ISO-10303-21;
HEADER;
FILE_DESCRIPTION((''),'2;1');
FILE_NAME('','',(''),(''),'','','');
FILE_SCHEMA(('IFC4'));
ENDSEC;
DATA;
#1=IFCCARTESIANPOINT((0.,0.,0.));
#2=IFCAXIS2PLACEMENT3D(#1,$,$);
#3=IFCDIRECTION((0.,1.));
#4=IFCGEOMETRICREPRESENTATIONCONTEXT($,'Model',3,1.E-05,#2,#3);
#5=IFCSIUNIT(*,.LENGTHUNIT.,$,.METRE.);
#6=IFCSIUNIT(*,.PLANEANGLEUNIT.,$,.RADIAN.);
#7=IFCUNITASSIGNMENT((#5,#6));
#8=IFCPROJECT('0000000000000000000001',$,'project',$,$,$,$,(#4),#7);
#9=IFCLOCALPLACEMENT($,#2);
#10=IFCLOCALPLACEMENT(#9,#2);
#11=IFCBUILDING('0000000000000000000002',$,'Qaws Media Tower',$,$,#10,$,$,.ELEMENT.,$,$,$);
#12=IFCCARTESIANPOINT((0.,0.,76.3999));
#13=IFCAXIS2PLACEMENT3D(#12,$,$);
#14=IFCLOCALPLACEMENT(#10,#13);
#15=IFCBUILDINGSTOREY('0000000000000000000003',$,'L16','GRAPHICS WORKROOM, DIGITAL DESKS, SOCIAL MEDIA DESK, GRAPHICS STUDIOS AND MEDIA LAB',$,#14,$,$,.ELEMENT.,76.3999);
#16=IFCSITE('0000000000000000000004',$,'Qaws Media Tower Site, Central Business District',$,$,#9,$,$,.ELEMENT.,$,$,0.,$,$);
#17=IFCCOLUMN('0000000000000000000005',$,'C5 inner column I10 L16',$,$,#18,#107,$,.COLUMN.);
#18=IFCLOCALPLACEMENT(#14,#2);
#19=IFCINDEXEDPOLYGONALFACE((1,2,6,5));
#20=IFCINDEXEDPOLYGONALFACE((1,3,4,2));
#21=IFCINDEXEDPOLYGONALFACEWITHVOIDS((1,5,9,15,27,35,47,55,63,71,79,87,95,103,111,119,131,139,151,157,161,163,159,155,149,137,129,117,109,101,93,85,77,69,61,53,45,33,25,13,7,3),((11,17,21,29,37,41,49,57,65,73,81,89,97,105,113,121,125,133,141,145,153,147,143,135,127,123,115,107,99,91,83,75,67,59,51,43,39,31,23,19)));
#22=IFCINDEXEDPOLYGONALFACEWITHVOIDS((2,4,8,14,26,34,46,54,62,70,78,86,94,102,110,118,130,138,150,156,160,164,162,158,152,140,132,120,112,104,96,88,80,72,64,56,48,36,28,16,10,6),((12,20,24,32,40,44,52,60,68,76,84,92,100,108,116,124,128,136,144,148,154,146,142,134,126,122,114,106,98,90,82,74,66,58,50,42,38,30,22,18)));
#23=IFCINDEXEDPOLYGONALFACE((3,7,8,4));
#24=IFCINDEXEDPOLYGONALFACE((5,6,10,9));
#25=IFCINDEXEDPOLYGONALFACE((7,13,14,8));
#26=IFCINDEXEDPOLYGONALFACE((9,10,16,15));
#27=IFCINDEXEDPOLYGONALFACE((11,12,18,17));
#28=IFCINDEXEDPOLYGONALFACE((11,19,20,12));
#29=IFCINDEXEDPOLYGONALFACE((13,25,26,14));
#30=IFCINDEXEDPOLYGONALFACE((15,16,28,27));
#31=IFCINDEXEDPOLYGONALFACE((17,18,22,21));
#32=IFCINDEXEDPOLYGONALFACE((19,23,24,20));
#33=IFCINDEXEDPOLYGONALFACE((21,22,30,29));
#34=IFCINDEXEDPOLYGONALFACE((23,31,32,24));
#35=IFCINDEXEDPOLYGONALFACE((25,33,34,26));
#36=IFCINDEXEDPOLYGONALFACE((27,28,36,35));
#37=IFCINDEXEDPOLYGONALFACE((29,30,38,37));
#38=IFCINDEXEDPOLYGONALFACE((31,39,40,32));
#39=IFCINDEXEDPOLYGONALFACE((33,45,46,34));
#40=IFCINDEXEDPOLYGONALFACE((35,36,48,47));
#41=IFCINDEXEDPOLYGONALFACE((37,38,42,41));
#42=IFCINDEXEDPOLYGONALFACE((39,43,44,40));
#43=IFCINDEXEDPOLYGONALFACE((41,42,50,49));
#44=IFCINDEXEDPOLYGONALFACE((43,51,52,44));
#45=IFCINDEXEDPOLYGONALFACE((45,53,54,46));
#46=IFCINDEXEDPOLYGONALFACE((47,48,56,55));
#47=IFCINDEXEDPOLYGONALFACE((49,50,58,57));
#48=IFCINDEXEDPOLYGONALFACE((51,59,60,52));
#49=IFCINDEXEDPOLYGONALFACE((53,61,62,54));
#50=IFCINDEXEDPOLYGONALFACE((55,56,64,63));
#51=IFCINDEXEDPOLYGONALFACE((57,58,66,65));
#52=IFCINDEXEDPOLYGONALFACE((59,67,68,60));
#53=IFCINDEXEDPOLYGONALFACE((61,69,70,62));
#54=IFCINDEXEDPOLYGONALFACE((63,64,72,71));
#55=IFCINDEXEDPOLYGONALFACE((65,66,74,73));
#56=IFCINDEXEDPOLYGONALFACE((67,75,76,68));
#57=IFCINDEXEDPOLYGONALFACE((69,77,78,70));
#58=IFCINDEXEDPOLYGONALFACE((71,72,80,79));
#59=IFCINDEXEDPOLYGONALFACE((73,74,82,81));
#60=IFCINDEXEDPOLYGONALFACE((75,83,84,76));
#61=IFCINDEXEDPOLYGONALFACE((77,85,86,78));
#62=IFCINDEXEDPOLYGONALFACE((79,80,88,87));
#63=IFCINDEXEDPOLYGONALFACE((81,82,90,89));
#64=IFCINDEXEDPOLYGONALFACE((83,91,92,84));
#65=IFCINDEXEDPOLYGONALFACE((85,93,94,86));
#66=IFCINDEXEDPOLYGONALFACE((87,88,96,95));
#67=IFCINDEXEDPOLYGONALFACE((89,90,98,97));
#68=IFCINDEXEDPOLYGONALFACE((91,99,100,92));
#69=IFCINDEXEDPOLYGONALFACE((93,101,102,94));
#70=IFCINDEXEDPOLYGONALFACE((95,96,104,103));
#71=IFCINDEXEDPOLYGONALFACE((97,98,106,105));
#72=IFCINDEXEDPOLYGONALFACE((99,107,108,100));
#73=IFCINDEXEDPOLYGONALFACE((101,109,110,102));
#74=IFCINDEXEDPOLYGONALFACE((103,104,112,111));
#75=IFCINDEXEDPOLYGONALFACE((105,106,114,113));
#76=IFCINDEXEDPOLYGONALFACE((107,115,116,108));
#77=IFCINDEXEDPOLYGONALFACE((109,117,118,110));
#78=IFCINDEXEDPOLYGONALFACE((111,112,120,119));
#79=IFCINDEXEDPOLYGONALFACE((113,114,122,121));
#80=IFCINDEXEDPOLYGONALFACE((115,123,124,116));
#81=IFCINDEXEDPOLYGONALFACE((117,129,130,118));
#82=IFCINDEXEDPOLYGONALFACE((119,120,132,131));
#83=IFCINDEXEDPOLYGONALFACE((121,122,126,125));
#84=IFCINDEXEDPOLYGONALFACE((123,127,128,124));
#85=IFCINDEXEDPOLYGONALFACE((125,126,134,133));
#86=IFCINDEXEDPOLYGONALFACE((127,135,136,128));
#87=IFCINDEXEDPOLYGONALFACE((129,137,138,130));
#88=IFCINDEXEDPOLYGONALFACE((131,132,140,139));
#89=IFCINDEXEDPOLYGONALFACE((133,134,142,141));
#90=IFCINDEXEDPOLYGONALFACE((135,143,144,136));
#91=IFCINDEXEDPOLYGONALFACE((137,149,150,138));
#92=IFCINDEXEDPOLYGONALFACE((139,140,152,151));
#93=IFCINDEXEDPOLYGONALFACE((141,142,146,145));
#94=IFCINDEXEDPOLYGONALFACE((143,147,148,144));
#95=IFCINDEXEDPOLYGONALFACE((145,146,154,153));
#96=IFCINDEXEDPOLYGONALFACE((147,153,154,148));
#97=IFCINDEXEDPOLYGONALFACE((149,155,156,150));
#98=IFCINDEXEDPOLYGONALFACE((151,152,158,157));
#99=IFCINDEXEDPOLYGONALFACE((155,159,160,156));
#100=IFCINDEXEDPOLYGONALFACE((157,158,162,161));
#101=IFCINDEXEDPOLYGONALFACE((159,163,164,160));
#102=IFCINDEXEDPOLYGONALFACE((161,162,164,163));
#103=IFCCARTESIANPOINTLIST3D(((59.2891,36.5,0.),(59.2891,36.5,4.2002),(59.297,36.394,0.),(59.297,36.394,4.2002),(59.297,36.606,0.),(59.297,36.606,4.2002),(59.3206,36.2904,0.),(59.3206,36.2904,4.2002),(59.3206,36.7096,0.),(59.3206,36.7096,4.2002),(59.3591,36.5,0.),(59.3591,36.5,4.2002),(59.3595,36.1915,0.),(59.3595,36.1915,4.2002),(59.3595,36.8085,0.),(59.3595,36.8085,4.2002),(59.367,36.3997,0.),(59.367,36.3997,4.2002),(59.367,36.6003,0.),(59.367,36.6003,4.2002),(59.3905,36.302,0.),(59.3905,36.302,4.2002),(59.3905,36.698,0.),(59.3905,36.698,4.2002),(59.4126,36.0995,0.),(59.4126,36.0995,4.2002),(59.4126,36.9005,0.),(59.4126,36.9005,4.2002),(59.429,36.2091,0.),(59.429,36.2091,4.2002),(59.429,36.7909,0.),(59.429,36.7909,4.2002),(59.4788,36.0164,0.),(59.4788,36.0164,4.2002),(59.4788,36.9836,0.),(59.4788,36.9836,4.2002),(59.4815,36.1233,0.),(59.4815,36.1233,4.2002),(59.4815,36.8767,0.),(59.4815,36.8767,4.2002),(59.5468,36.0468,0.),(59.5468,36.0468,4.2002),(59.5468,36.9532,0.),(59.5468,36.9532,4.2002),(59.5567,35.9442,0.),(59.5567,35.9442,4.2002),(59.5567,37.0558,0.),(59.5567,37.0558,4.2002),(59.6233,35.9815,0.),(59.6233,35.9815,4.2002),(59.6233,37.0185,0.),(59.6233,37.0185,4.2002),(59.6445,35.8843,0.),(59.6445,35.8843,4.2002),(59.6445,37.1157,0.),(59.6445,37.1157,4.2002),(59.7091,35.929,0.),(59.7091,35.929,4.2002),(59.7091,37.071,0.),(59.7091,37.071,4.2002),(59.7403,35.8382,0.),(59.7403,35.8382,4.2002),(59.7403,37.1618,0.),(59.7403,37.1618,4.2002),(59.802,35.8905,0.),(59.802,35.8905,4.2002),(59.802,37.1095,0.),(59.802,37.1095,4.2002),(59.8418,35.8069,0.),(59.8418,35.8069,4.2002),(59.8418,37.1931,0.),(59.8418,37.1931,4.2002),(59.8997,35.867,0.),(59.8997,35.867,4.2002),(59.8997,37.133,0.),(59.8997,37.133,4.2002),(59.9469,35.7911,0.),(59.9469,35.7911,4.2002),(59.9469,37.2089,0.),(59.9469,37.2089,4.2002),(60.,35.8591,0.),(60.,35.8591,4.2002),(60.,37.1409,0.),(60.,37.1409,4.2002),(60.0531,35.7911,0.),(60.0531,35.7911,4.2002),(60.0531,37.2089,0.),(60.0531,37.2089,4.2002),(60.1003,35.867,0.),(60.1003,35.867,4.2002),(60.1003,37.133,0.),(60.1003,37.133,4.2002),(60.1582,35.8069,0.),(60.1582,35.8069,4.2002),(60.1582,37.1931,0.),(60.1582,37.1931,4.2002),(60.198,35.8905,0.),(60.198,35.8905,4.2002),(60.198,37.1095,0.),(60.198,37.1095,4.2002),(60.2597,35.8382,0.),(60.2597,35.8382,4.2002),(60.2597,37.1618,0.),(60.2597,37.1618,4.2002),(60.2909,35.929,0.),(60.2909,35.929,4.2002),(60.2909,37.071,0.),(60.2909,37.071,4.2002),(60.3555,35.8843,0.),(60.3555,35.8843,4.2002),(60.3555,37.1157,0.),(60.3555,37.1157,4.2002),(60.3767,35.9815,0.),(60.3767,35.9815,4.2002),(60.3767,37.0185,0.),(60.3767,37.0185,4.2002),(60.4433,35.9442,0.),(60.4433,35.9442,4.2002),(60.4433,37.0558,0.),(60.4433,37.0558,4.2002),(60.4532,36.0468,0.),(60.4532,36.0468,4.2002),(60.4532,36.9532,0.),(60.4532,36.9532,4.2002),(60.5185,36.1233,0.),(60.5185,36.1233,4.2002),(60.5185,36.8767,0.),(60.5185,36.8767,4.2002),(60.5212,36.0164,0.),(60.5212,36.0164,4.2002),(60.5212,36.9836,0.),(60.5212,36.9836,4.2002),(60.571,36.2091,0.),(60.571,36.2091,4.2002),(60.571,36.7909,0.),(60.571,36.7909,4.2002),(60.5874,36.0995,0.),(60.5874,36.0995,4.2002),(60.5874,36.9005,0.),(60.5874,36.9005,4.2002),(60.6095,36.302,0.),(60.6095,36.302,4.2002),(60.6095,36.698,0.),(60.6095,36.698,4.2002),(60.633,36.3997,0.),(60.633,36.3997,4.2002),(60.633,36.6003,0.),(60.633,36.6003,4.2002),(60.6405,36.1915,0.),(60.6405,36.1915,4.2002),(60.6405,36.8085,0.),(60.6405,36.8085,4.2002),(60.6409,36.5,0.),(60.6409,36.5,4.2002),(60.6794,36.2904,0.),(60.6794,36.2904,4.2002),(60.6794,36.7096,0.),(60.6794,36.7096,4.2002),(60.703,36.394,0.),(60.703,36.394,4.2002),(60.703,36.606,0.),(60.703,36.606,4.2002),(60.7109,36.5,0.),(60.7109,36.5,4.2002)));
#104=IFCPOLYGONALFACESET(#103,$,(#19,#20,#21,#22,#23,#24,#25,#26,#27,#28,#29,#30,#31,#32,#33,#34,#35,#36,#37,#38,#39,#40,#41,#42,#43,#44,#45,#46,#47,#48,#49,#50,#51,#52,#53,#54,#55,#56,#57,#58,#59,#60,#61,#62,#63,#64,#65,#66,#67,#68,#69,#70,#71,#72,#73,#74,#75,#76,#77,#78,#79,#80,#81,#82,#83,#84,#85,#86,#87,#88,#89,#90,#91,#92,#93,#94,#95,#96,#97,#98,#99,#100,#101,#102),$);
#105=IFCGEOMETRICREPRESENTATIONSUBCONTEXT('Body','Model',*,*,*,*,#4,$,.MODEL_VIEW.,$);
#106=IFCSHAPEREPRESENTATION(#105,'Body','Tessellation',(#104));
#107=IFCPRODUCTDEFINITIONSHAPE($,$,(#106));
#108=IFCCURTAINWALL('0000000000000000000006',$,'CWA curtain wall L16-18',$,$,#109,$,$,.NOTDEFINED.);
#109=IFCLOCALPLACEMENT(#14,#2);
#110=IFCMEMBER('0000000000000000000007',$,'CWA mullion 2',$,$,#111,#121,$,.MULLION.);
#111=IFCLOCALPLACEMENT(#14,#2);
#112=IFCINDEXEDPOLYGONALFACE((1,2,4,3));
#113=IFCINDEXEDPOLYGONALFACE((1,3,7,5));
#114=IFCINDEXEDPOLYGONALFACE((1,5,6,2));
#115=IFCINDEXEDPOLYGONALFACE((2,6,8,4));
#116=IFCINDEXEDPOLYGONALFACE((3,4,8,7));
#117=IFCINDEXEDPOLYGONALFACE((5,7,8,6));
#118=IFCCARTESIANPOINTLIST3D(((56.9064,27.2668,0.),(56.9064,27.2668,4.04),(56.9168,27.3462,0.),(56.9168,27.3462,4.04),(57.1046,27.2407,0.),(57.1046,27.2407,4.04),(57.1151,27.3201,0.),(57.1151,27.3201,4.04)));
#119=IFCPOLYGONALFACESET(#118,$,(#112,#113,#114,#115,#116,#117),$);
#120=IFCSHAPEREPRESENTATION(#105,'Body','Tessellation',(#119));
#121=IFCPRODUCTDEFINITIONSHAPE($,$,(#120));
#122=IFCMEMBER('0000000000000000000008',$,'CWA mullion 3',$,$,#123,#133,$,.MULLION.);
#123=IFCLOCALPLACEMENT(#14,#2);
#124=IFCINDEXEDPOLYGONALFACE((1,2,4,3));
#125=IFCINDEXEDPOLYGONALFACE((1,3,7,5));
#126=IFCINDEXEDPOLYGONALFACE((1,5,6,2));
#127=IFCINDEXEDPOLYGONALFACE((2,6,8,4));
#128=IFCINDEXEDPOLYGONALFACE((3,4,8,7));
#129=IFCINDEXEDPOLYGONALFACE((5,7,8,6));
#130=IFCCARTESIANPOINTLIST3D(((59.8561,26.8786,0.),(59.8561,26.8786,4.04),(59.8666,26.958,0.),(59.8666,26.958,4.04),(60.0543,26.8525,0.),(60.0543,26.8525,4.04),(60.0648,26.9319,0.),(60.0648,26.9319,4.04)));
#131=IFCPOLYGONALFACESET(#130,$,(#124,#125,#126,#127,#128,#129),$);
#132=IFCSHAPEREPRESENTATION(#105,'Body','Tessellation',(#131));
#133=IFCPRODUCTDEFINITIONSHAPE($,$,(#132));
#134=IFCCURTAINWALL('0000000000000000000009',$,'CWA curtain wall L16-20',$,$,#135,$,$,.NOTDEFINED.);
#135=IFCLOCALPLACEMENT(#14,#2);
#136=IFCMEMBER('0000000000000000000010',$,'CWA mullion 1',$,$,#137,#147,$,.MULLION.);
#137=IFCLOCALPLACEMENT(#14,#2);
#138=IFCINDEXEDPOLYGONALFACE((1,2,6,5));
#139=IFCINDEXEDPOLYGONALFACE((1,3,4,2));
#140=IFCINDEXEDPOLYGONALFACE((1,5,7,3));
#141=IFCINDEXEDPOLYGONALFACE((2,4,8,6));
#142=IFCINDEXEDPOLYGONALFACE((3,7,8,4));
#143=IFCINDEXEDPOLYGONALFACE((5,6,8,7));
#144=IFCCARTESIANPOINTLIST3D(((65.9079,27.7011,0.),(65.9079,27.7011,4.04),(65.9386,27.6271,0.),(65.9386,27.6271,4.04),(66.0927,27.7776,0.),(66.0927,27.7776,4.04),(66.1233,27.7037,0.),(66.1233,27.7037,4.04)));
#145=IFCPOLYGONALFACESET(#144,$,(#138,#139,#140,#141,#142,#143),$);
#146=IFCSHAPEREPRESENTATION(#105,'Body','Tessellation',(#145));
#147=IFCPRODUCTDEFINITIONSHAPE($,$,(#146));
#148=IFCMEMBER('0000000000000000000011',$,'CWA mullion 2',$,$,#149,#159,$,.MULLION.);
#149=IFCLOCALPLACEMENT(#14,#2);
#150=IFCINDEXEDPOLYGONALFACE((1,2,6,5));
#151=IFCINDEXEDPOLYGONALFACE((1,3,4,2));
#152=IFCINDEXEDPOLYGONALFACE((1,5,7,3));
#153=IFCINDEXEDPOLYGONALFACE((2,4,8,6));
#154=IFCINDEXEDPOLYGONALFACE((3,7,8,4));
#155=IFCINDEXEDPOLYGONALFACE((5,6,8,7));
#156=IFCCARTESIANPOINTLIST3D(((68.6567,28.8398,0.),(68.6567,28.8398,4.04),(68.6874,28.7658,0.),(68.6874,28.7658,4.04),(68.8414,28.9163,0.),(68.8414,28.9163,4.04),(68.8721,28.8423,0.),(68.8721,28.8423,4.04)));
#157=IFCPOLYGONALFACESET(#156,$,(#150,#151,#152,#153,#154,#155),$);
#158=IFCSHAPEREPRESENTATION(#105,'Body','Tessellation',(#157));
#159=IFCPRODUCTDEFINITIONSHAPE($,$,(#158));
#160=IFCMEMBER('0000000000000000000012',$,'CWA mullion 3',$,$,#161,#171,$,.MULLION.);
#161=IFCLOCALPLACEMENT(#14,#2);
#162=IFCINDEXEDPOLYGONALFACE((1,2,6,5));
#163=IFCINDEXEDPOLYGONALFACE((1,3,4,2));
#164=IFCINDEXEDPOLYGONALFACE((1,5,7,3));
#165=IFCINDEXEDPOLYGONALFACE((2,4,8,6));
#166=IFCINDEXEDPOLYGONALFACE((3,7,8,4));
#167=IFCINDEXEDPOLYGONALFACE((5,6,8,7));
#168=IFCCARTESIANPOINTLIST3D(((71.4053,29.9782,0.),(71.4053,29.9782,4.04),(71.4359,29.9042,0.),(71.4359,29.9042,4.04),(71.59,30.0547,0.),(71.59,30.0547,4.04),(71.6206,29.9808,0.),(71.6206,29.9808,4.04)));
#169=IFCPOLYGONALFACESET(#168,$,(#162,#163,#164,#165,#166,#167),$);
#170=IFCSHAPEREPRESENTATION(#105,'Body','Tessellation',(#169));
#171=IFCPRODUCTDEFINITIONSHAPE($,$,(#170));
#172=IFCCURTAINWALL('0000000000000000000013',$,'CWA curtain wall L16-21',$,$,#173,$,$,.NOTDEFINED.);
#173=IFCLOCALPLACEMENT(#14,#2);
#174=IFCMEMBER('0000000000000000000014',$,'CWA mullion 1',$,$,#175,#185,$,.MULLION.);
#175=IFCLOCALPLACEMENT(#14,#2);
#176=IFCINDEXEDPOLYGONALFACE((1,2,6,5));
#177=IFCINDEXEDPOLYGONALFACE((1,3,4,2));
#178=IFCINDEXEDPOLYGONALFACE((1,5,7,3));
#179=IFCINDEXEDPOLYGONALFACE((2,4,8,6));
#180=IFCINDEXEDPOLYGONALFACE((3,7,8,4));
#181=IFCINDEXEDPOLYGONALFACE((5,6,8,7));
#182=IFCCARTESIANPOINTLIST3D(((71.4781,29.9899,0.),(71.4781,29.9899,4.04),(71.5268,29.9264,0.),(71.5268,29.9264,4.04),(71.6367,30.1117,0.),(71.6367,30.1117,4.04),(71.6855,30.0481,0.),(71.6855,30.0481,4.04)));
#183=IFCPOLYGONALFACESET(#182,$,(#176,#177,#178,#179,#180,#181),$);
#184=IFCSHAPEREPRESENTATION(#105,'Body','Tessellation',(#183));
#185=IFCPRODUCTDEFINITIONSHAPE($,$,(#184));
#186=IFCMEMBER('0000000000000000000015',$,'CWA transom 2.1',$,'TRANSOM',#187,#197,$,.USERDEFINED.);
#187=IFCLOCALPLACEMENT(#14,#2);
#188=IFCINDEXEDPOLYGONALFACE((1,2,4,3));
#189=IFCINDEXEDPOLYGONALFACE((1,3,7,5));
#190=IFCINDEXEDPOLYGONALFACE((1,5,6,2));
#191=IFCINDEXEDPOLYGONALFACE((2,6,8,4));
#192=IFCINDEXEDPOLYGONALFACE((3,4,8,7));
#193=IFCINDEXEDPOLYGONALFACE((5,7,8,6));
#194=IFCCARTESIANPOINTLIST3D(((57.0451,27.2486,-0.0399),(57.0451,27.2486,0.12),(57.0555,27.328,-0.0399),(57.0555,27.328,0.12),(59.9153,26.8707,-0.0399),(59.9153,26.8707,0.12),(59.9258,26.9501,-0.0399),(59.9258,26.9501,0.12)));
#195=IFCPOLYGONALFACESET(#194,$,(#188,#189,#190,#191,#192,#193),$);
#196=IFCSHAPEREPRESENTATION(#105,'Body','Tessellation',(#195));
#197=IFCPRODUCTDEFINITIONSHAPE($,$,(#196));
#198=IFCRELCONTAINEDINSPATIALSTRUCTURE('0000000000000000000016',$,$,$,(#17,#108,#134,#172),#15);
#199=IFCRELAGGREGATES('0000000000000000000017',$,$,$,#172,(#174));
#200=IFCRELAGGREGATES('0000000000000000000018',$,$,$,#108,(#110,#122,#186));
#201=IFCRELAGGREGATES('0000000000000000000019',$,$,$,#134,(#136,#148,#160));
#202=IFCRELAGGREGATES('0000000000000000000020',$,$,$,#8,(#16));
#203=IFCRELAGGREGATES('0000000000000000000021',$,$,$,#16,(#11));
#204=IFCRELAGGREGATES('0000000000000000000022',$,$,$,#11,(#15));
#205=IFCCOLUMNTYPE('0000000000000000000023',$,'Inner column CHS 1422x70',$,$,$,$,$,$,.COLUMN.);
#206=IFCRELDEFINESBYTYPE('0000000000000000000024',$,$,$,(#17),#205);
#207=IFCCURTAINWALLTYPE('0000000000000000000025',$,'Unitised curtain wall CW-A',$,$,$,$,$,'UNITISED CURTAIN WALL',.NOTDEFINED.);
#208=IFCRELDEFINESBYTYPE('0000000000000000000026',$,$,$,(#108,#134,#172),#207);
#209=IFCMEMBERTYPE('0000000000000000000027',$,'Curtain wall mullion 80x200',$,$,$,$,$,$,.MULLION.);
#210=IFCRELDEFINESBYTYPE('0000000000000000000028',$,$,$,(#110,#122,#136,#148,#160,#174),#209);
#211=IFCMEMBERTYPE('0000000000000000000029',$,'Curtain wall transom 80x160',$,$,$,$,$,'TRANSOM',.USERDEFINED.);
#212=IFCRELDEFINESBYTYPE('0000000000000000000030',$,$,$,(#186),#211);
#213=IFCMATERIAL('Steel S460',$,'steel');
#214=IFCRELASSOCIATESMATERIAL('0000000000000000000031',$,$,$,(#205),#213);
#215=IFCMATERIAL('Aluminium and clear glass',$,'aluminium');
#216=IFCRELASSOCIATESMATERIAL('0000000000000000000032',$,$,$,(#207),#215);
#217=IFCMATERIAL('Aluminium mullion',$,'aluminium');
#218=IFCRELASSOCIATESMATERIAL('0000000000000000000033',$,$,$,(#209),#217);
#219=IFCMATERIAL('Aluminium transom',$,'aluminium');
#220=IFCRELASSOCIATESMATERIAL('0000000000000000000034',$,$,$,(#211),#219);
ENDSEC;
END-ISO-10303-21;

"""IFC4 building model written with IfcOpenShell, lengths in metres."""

from ifc_helpers import new_model, si_unit, direction, frame, origin, origin_2d, place, context, subcontext, project, spatial, rectangle, hollow_circle, extrude, material, material_profile, profile_set, type_object, element, aggregate, save


model = new_model("IFC4")

# Units and contexts
model_context = context("Model", 3, precision=1e-05, world=origin(), true_north=direction((0.0, 1.0)))
body_context = subcontext(model_context, "Body", "Model", "MODEL_VIEW")
ifc_project = project(units=[si_unit("LENGTHUNIT", "METRE"), si_unit("PLANEANGLEUNIT", "RADIAN")], contexts=[model_context])

# Site, building, storey
site_placement = place(None, origin())
site = spatial("IfcSite", under=ifc_project, at=site_placement, Name="Qaws Media Tower Site, Central Business District", CompositionType="ELEMENT", RefElevation=0.0)
building_placement = place(site_placement, origin())
building = spatial("IfcBuilding", under=site, at=building_placement, Name="Qaws Media Tower", CompositionType="ELEMENT")
storey_placement = place(building_placement, frame((0.0, 0.0, 76.3999)))
storey = spatial("IfcBuildingStorey", under=building, at=storey_placement, Name="L16", Description="GRAPHICS WORKROOM, DIGITAL DESKS, SOCIAL MEDIA DESK, GRAPHICS STUDIOS AND MEDIA LAB", CompositionType="ELEMENT", Elevation=76.3999)

# Column
ifc_material_1 = material(Name="Steel S460", Category="steel")
ifc_material_profile_1 = material_profile(ifc_material_1, hollow_circle(Radius=0.7109, WallThickness=0.0701, at=origin_2d()), Name="CHS 1422x70")
ifc_profile_set_1 = profile_set([ifc_material_profile_1], Name="Steel S460")
column_type = type_object("IfcColumnType", Name="Inner column CHS 1422x70", PredefinedType="COLUMN", material=ifc_profile_set_1)
column_placement = place(storey_placement, frame((60.0, 36.5, 0.0), z_axis=(0.0, 0.0, 1.0), x_axis=(1.0, 0.0, 0.0)))
element("IfcColumn", 1, at=column_placement, inside=storey, type_object=column_type, Name="C5 inner column I10 L16", PredefinedType="COLUMN", context=body_context, shape_type="SweptSolid", body=[
    extrude(hollow_circle(Radius=0.7109, WallThickness=0.0701, at=origin_2d()), origin(), (0.0, 0.0, 1.0), 4.2002),
])

# Curtain walls, members
ifc_material_2 = material(Name="Aluminium and clear glass", Category="aluminium")
curtain_wall_type = type_object("IfcCurtainWallType", Name="Unitised curtain wall CW-A", ElementType="UNITISED CURTAIN WALL", PredefinedType="NOTDEFINED", material=ifc_material_2)
curtain_wall_1_placement = place(storey_placement, origin())
curtain_wall_1 = element("IfcCurtainWall", 2, at=curtain_wall_1_placement, inside=storey, type_object=curtain_wall_type, Name="CWA curtain wall L16-18", PredefinedType="NOTDEFINED")
ifc_material_3 = material(Name="Aluminium mullion", Category="aluminium")
ifc_material_profile_2 = material_profile(ifc_material_3, rectangle(XDim=0.0801, YDim=0.2, at=origin_2d()), Name="80x200")
ifc_profile_set_2 = profile_set([ifc_material_profile_2], Name="Aluminium mullion")
member_type_1 = type_object("IfcMemberType", Name="Curtain wall mullion 80x200", PredefinedType="MULLION", material=ifc_profile_set_2)
member_1_placement = place(storey_placement, frame((57.0107, 27.2935, 0.0), z_axis=(0.0, 0.0, 1.0), x_axis=(0.130526, 0.991445, 0.0)))
member_1 = element("IfcMember", 3, at=member_1_placement, type_object=member_type_1, Name="CWA mullion 2", PredefinedType="MULLION", context=body_context, shape_type="SweptSolid", body=[
    extrude(rectangle(XDim=0.0801, YDim=0.2, at=origin_2d()), origin(), (0.0, 0.0, 1.0), 4.04),
])
member_2_placement = place(storey_placement, frame((59.9604, 26.9053, 0.0), z_axis=(0.0, 0.0, 1.0), x_axis=(0.130526, 0.991445, 0.0)))
member_2 = element("IfcMember", 4, at=member_2_placement, type_object=member_type_1, Name="CWA mullion 3", PredefinedType="MULLION", context=body_context, shape_type="SweptSolid", body=[
    extrude(rectangle(XDim=0.0801, YDim=0.2, at=origin_2d()), origin(), (0.0, 0.0, 1.0), 4.04),
])
curtain_wall_2_placement = place(storey_placement, origin())
curtain_wall_2 = element("IfcCurtainWall", 5, at=curtain_wall_2_placement, inside=storey, type_object=curtain_wall_type, Name="CWA curtain wall L16-20", PredefinedType="NOTDEFINED")
member_3_placement = place(storey_placement, frame((66.0156, 27.7024, 0.0), z_axis=(0.0, 0.0, 1.0), x_axis=(-0.382683, 0.92388, 0.0)))
member_3 = element("IfcMember", 6, at=member_3_placement, type_object=member_type_1, Name="CWA mullion 1", PredefinedType="MULLION", context=body_context, shape_type="SweptSolid", body=[
    extrude(rectangle(XDim=0.0801, YDim=0.2, at=origin_2d()), origin(), (0.0, 0.0, 1.0), 4.04),
])
member_4_placement = place(storey_placement, frame((68.7644, 28.8411, 0.0), z_axis=(0.0, 0.0, 1.0), x_axis=(-0.382683, 0.92388, 0.0)))
member_4 = element("IfcMember", 7, at=member_4_placement, type_object=member_type_1, Name="CWA mullion 2", PredefinedType="MULLION", context=body_context, shape_type="SweptSolid", body=[
    extrude(rectangle(XDim=0.0801, YDim=0.2, at=origin_2d()), origin(), (0.0, 0.0, 1.0), 4.04),
])
member_5_placement = place(storey_placement, frame((71.5129, 29.9795, 0.0), z_axis=(0.0, 0.0, 1.0), x_axis=(-0.382683, 0.92388, 0.0)))
member_5 = element("IfcMember", 8, at=member_5_placement, type_object=member_type_1, Name="CWA mullion 3", PredefinedType="MULLION", context=body_context, shape_type="SweptSolid", body=[
    extrude(rectangle(XDim=0.0801, YDim=0.2, at=origin_2d()), origin(), (0.0, 0.0, 1.0), 4.04),
])

# Curtain wall, member
curtain_wall_3_placement = place(storey_placement, origin())
curtain_wall_3 = element("IfcCurtainWall", 9, at=curtain_wall_3_placement, inside=storey, type_object=curtain_wall_type, Name="CWA curtain wall L16-21", PredefinedType="NOTDEFINED")
member_6_placement = place(storey_placement, frame((71.5818, 30.019, 0.0), z_axis=(0.0, 0.0, 1.0), x_axis=(-0.608761, 0.793353, 0.0)))
member_6 = element("IfcMember", 10, at=member_6_placement, type_object=member_type_1, Name="CWA mullion 1", PredefinedType="MULLION", context=body_context, shape_type="SweptSolid", body=[
    extrude(rectangle(XDim=0.0801, YDim=0.2, at=origin_2d()), origin(), (0.0, 0.0, 1.0), 4.04),
])

# Member
ifc_material_4 = material(Name="Aluminium transom", Category="aluminium")
ifc_material_profile_3 = material_profile(ifc_material_4, rectangle(XDim=0.0801, YDim=0.1599, at=origin_2d()), Name="80x160")
ifc_profile_set_3 = profile_set([ifc_material_profile_3], Name="Aluminium transom")
member_type_2 = type_object("IfcMemberType", Name="Curtain wall transom 80x160", ElementType="TRANSOM", PredefinedType="USERDEFINED", material=ifc_profile_set_3)
member_7_placement = place(storey_placement, frame((57.0503, 27.2883, 0.04), z_axis=(0.991443, -0.13054, 0.0), x_axis=(0.13054, 0.991443, 0.0)))
member_7 = element("IfcMember", 11, at=member_7_placement, type_object=member_type_2, Name="CWA transom 2.1", ObjectType="TRANSOM", PredefinedType="USERDEFINED", context=body_context, shape_type="SweptSolid", body=[
    extrude(rectangle(XDim=0.0801, YDim=0.1599, at=origin_2d()), origin(), (0.0, 0.0, 1.0), 2.895),
])
aggregate(curtain_wall_3, [member_6])

aggregate(curtain_wall_1, [member_1, member_2, member_7])
aggregate(curtain_wall_2, [member_3, member_4, member_5])

save(model, "model.ifc")
